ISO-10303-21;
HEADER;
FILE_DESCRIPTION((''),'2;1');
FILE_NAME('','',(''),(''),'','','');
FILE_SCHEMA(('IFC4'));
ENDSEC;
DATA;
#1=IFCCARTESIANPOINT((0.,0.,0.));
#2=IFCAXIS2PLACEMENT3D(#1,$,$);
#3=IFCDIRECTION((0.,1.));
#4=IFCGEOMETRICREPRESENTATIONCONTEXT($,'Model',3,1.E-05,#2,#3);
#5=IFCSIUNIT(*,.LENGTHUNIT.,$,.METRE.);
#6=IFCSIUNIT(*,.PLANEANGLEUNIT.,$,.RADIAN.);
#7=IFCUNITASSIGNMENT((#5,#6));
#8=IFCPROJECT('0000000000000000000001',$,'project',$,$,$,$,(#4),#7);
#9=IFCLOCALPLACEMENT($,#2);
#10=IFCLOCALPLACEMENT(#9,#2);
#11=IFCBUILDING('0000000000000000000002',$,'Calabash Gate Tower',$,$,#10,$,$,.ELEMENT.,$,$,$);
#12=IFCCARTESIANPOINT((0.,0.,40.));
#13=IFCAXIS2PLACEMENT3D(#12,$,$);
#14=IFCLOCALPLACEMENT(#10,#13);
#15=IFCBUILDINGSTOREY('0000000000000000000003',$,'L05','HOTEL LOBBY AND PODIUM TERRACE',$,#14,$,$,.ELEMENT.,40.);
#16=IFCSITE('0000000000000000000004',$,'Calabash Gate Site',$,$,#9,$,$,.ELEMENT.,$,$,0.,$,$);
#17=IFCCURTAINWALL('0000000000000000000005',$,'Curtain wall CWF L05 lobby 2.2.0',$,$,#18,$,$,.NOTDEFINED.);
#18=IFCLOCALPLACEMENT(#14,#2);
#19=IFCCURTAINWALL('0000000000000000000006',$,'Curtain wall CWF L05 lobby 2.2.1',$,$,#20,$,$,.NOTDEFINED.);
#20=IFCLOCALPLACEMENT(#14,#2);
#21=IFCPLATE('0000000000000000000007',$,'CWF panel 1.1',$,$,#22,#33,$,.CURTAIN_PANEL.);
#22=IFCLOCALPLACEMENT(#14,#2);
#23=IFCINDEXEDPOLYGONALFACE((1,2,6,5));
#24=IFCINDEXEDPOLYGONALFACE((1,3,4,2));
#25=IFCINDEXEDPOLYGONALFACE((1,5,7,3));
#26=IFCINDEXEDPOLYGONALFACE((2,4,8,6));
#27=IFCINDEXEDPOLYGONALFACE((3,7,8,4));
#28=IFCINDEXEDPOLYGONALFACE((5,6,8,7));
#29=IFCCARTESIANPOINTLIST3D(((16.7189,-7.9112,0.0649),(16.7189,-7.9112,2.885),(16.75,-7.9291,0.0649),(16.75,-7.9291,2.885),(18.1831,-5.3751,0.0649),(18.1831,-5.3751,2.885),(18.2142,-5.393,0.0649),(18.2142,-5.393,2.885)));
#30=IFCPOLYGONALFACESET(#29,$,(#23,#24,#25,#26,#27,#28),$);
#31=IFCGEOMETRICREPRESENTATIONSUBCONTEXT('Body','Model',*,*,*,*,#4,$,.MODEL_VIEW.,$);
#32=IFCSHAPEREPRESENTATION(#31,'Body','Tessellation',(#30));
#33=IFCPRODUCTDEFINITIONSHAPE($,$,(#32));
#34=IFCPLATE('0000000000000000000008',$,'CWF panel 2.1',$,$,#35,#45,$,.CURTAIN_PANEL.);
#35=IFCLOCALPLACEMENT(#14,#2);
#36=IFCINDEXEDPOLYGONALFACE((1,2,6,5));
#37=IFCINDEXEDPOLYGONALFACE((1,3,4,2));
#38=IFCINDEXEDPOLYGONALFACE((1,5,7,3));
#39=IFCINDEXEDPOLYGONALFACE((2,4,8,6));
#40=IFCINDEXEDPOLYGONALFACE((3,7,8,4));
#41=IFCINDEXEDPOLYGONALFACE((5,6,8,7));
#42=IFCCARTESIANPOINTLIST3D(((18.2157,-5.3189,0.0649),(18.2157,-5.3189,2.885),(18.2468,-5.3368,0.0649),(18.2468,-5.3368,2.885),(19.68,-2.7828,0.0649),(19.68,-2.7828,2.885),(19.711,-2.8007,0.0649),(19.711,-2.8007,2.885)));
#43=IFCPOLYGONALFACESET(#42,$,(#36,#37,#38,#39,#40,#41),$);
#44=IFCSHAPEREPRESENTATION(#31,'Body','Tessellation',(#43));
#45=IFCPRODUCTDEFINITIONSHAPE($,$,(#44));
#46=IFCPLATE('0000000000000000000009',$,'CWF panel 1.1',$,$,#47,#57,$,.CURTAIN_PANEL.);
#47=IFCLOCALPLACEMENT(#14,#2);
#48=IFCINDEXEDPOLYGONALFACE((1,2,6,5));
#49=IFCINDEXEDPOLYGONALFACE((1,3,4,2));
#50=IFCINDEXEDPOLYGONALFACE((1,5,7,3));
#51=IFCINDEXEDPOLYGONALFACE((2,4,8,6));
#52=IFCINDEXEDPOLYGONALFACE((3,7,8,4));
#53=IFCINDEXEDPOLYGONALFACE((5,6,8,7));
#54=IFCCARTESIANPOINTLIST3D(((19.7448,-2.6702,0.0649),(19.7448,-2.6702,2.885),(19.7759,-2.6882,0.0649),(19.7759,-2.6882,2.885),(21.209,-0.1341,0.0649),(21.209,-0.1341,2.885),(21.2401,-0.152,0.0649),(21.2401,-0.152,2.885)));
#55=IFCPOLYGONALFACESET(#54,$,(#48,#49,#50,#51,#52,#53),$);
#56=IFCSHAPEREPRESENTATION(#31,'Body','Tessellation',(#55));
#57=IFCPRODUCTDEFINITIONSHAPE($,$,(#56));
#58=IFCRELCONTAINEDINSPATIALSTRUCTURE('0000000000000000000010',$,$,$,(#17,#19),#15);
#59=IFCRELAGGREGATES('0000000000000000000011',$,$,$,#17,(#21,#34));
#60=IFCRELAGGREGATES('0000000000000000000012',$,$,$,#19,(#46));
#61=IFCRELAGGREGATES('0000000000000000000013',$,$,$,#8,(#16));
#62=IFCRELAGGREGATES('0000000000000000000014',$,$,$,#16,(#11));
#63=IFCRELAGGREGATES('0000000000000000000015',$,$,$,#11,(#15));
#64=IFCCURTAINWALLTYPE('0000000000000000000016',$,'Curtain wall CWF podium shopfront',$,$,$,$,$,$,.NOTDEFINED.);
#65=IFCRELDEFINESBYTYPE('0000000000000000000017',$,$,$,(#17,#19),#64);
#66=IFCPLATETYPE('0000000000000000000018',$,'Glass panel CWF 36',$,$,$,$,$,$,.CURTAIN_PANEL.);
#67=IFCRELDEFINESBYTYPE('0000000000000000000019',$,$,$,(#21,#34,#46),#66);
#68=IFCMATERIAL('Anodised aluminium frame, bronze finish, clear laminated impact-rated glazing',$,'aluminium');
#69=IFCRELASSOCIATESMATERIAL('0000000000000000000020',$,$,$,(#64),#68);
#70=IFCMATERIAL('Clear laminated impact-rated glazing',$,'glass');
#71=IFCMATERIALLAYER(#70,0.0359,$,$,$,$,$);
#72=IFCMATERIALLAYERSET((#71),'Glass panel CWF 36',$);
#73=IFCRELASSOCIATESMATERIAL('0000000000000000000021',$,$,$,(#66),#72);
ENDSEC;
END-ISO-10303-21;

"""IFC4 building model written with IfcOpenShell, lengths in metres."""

from ifc_helpers import new_model, si_unit, direction, frame, origin, origin_2d, place, context, subcontext, project, spatial, rectangle, extrude, material, layer, layer_set, type_object, element, aggregate, save


model = new_model("IFC4")

# Units and contexts
model_context = context("Model", 3, precision=1e-05, world=origin(), true_north=direction((0.0, 1.0)))
body_context = subcontext(model_context, "Body", "Model", "MODEL_VIEW")
ifc_project = project(units=[si_unit("LENGTHUNIT", "METRE"), si_unit("PLANEANGLEUNIT", "RADIAN")], contexts=[model_context])

# Site, building, storey
site_placement = place(None, origin())
site = spatial("IfcSite", under=ifc_project, at=site_placement, Name="Calabash Gate Site", CompositionType="ELEMENT", RefElevation=0.0)
building_placement = place(site_placement, origin())
building = spatial("IfcBuilding", under=site, at=building_placement, Name="Calabash Gate Tower", CompositionType="ELEMENT")
storey_placement = place(building_placement, frame((0.0, 0.0, 40.0)))
storey = spatial("IfcBuildingStorey", under=building, at=storey_placement, Name="L05", Description="HOTEL LOBBY AND PODIUM TERRACE", CompositionType="ELEMENT", Elevation=40.0)

# Shared definitions
ifc_material_1 = material(Name="Anodised aluminium frame, bronze finish, clear laminated impact-rated glazing", Category="aluminium")
curtain_wall_type = type_object("IfcCurtainWallType", Name="Curtain wall CWF podium shopfront", PredefinedType="NOTDEFINED", material=ifc_material_1)

# Curtain walls
curtain_wall_1_placement = place(storey_placement, origin())
curtain_wall_1 = element("IfcCurtainWall", 1, at=curtain_wall_1_placement, inside=storey, type_object=curtain_wall_type, Name="Curtain wall CWF L05 lobby 2.2.0", PredefinedType="NOTDEFINED")
curtain_wall_2_placement = place(storey_placement, origin())
curtain_wall_2 = element("IfcCurtainWall", 2, at=curtain_wall_2_placement, inside=storey, type_object=curtain_wall_type, Name="Curtain wall CWF L05 lobby 2.2.1", PredefinedType="NOTDEFINED")

# Plates
ifc_material_2 = material(Name="Clear laminated impact-rated glazing", Category="glass")
ifc_layer = layer(ifc_material_2, 0.0359)
ifc_layer_set = layer_set([ifc_layer], Name="Glass panel CWF 36")
plate_type = type_object("IfcPlateType", Name="Glass panel CWF 36", PredefinedType="CURTAIN_PANEL", material=ifc_layer_set)
plate_1_placement = place(storey_placement, frame((17.4666, -6.6521, 0.0649), z_axis=(0.0, 0.0, 1.0), x_axis=(0.5, 0.866025, 0.0)))
plate_1 = element("IfcPlate", 3, at=plate_1_placement, type_object=plate_type, Name="CWF panel 1.1", PredefinedType="CURTAIN_PANEL", context=body_context, shape_type="SweptSolid", body=[
    extrude(rectangle(XDim=2.9285, YDim=0.0359, at=origin_2d()), origin(), (0.0, 0.0, 1.0), 2.8201),
])
plate_2_placement = place(storey_placement, frame((18.9634, -4.0598, 0.0649), z_axis=(0.0, 0.0, 1.0), x_axis=(0.5, 0.866025, 0.0)))
plate_2 = element("IfcPlate", 4, at=plate_2_placement, type_object=plate_type, Name="CWF panel 2.1", PredefinedType="CURTAIN_PANEL", context=body_context, shape_type="SweptSolid", body=[
    extrude(rectangle(XDim=2.9285, YDim=0.0359, at=origin_2d()), origin(), (0.0, 0.0, 1.0), 2.8201),
])
aggregate(curtain_wall_1, [plate_1, plate_2])
plate_3_placement = place(storey_placement, frame((20.4924, -1.4111, 0.0649), z_axis=(0.0, 0.0, 1.0), x_axis=(0.5, 0.866025, 0.0)))
plate_3 = element("IfcPlate", 5, at=plate_3_placement, type_object=plate_type, Name="CWF panel 1.1", PredefinedType="CURTAIN_PANEL", context=body_context, shape_type="SweptSolid", body=[
    extrude(rectangle(XDim=2.9285, YDim=0.0359, at=origin_2d()), origin(), (0.0, 0.0, 1.0), 2.8201),
])
aggregate(curtain_wall_2, [plate_3])

save(model, "model.ifc")
